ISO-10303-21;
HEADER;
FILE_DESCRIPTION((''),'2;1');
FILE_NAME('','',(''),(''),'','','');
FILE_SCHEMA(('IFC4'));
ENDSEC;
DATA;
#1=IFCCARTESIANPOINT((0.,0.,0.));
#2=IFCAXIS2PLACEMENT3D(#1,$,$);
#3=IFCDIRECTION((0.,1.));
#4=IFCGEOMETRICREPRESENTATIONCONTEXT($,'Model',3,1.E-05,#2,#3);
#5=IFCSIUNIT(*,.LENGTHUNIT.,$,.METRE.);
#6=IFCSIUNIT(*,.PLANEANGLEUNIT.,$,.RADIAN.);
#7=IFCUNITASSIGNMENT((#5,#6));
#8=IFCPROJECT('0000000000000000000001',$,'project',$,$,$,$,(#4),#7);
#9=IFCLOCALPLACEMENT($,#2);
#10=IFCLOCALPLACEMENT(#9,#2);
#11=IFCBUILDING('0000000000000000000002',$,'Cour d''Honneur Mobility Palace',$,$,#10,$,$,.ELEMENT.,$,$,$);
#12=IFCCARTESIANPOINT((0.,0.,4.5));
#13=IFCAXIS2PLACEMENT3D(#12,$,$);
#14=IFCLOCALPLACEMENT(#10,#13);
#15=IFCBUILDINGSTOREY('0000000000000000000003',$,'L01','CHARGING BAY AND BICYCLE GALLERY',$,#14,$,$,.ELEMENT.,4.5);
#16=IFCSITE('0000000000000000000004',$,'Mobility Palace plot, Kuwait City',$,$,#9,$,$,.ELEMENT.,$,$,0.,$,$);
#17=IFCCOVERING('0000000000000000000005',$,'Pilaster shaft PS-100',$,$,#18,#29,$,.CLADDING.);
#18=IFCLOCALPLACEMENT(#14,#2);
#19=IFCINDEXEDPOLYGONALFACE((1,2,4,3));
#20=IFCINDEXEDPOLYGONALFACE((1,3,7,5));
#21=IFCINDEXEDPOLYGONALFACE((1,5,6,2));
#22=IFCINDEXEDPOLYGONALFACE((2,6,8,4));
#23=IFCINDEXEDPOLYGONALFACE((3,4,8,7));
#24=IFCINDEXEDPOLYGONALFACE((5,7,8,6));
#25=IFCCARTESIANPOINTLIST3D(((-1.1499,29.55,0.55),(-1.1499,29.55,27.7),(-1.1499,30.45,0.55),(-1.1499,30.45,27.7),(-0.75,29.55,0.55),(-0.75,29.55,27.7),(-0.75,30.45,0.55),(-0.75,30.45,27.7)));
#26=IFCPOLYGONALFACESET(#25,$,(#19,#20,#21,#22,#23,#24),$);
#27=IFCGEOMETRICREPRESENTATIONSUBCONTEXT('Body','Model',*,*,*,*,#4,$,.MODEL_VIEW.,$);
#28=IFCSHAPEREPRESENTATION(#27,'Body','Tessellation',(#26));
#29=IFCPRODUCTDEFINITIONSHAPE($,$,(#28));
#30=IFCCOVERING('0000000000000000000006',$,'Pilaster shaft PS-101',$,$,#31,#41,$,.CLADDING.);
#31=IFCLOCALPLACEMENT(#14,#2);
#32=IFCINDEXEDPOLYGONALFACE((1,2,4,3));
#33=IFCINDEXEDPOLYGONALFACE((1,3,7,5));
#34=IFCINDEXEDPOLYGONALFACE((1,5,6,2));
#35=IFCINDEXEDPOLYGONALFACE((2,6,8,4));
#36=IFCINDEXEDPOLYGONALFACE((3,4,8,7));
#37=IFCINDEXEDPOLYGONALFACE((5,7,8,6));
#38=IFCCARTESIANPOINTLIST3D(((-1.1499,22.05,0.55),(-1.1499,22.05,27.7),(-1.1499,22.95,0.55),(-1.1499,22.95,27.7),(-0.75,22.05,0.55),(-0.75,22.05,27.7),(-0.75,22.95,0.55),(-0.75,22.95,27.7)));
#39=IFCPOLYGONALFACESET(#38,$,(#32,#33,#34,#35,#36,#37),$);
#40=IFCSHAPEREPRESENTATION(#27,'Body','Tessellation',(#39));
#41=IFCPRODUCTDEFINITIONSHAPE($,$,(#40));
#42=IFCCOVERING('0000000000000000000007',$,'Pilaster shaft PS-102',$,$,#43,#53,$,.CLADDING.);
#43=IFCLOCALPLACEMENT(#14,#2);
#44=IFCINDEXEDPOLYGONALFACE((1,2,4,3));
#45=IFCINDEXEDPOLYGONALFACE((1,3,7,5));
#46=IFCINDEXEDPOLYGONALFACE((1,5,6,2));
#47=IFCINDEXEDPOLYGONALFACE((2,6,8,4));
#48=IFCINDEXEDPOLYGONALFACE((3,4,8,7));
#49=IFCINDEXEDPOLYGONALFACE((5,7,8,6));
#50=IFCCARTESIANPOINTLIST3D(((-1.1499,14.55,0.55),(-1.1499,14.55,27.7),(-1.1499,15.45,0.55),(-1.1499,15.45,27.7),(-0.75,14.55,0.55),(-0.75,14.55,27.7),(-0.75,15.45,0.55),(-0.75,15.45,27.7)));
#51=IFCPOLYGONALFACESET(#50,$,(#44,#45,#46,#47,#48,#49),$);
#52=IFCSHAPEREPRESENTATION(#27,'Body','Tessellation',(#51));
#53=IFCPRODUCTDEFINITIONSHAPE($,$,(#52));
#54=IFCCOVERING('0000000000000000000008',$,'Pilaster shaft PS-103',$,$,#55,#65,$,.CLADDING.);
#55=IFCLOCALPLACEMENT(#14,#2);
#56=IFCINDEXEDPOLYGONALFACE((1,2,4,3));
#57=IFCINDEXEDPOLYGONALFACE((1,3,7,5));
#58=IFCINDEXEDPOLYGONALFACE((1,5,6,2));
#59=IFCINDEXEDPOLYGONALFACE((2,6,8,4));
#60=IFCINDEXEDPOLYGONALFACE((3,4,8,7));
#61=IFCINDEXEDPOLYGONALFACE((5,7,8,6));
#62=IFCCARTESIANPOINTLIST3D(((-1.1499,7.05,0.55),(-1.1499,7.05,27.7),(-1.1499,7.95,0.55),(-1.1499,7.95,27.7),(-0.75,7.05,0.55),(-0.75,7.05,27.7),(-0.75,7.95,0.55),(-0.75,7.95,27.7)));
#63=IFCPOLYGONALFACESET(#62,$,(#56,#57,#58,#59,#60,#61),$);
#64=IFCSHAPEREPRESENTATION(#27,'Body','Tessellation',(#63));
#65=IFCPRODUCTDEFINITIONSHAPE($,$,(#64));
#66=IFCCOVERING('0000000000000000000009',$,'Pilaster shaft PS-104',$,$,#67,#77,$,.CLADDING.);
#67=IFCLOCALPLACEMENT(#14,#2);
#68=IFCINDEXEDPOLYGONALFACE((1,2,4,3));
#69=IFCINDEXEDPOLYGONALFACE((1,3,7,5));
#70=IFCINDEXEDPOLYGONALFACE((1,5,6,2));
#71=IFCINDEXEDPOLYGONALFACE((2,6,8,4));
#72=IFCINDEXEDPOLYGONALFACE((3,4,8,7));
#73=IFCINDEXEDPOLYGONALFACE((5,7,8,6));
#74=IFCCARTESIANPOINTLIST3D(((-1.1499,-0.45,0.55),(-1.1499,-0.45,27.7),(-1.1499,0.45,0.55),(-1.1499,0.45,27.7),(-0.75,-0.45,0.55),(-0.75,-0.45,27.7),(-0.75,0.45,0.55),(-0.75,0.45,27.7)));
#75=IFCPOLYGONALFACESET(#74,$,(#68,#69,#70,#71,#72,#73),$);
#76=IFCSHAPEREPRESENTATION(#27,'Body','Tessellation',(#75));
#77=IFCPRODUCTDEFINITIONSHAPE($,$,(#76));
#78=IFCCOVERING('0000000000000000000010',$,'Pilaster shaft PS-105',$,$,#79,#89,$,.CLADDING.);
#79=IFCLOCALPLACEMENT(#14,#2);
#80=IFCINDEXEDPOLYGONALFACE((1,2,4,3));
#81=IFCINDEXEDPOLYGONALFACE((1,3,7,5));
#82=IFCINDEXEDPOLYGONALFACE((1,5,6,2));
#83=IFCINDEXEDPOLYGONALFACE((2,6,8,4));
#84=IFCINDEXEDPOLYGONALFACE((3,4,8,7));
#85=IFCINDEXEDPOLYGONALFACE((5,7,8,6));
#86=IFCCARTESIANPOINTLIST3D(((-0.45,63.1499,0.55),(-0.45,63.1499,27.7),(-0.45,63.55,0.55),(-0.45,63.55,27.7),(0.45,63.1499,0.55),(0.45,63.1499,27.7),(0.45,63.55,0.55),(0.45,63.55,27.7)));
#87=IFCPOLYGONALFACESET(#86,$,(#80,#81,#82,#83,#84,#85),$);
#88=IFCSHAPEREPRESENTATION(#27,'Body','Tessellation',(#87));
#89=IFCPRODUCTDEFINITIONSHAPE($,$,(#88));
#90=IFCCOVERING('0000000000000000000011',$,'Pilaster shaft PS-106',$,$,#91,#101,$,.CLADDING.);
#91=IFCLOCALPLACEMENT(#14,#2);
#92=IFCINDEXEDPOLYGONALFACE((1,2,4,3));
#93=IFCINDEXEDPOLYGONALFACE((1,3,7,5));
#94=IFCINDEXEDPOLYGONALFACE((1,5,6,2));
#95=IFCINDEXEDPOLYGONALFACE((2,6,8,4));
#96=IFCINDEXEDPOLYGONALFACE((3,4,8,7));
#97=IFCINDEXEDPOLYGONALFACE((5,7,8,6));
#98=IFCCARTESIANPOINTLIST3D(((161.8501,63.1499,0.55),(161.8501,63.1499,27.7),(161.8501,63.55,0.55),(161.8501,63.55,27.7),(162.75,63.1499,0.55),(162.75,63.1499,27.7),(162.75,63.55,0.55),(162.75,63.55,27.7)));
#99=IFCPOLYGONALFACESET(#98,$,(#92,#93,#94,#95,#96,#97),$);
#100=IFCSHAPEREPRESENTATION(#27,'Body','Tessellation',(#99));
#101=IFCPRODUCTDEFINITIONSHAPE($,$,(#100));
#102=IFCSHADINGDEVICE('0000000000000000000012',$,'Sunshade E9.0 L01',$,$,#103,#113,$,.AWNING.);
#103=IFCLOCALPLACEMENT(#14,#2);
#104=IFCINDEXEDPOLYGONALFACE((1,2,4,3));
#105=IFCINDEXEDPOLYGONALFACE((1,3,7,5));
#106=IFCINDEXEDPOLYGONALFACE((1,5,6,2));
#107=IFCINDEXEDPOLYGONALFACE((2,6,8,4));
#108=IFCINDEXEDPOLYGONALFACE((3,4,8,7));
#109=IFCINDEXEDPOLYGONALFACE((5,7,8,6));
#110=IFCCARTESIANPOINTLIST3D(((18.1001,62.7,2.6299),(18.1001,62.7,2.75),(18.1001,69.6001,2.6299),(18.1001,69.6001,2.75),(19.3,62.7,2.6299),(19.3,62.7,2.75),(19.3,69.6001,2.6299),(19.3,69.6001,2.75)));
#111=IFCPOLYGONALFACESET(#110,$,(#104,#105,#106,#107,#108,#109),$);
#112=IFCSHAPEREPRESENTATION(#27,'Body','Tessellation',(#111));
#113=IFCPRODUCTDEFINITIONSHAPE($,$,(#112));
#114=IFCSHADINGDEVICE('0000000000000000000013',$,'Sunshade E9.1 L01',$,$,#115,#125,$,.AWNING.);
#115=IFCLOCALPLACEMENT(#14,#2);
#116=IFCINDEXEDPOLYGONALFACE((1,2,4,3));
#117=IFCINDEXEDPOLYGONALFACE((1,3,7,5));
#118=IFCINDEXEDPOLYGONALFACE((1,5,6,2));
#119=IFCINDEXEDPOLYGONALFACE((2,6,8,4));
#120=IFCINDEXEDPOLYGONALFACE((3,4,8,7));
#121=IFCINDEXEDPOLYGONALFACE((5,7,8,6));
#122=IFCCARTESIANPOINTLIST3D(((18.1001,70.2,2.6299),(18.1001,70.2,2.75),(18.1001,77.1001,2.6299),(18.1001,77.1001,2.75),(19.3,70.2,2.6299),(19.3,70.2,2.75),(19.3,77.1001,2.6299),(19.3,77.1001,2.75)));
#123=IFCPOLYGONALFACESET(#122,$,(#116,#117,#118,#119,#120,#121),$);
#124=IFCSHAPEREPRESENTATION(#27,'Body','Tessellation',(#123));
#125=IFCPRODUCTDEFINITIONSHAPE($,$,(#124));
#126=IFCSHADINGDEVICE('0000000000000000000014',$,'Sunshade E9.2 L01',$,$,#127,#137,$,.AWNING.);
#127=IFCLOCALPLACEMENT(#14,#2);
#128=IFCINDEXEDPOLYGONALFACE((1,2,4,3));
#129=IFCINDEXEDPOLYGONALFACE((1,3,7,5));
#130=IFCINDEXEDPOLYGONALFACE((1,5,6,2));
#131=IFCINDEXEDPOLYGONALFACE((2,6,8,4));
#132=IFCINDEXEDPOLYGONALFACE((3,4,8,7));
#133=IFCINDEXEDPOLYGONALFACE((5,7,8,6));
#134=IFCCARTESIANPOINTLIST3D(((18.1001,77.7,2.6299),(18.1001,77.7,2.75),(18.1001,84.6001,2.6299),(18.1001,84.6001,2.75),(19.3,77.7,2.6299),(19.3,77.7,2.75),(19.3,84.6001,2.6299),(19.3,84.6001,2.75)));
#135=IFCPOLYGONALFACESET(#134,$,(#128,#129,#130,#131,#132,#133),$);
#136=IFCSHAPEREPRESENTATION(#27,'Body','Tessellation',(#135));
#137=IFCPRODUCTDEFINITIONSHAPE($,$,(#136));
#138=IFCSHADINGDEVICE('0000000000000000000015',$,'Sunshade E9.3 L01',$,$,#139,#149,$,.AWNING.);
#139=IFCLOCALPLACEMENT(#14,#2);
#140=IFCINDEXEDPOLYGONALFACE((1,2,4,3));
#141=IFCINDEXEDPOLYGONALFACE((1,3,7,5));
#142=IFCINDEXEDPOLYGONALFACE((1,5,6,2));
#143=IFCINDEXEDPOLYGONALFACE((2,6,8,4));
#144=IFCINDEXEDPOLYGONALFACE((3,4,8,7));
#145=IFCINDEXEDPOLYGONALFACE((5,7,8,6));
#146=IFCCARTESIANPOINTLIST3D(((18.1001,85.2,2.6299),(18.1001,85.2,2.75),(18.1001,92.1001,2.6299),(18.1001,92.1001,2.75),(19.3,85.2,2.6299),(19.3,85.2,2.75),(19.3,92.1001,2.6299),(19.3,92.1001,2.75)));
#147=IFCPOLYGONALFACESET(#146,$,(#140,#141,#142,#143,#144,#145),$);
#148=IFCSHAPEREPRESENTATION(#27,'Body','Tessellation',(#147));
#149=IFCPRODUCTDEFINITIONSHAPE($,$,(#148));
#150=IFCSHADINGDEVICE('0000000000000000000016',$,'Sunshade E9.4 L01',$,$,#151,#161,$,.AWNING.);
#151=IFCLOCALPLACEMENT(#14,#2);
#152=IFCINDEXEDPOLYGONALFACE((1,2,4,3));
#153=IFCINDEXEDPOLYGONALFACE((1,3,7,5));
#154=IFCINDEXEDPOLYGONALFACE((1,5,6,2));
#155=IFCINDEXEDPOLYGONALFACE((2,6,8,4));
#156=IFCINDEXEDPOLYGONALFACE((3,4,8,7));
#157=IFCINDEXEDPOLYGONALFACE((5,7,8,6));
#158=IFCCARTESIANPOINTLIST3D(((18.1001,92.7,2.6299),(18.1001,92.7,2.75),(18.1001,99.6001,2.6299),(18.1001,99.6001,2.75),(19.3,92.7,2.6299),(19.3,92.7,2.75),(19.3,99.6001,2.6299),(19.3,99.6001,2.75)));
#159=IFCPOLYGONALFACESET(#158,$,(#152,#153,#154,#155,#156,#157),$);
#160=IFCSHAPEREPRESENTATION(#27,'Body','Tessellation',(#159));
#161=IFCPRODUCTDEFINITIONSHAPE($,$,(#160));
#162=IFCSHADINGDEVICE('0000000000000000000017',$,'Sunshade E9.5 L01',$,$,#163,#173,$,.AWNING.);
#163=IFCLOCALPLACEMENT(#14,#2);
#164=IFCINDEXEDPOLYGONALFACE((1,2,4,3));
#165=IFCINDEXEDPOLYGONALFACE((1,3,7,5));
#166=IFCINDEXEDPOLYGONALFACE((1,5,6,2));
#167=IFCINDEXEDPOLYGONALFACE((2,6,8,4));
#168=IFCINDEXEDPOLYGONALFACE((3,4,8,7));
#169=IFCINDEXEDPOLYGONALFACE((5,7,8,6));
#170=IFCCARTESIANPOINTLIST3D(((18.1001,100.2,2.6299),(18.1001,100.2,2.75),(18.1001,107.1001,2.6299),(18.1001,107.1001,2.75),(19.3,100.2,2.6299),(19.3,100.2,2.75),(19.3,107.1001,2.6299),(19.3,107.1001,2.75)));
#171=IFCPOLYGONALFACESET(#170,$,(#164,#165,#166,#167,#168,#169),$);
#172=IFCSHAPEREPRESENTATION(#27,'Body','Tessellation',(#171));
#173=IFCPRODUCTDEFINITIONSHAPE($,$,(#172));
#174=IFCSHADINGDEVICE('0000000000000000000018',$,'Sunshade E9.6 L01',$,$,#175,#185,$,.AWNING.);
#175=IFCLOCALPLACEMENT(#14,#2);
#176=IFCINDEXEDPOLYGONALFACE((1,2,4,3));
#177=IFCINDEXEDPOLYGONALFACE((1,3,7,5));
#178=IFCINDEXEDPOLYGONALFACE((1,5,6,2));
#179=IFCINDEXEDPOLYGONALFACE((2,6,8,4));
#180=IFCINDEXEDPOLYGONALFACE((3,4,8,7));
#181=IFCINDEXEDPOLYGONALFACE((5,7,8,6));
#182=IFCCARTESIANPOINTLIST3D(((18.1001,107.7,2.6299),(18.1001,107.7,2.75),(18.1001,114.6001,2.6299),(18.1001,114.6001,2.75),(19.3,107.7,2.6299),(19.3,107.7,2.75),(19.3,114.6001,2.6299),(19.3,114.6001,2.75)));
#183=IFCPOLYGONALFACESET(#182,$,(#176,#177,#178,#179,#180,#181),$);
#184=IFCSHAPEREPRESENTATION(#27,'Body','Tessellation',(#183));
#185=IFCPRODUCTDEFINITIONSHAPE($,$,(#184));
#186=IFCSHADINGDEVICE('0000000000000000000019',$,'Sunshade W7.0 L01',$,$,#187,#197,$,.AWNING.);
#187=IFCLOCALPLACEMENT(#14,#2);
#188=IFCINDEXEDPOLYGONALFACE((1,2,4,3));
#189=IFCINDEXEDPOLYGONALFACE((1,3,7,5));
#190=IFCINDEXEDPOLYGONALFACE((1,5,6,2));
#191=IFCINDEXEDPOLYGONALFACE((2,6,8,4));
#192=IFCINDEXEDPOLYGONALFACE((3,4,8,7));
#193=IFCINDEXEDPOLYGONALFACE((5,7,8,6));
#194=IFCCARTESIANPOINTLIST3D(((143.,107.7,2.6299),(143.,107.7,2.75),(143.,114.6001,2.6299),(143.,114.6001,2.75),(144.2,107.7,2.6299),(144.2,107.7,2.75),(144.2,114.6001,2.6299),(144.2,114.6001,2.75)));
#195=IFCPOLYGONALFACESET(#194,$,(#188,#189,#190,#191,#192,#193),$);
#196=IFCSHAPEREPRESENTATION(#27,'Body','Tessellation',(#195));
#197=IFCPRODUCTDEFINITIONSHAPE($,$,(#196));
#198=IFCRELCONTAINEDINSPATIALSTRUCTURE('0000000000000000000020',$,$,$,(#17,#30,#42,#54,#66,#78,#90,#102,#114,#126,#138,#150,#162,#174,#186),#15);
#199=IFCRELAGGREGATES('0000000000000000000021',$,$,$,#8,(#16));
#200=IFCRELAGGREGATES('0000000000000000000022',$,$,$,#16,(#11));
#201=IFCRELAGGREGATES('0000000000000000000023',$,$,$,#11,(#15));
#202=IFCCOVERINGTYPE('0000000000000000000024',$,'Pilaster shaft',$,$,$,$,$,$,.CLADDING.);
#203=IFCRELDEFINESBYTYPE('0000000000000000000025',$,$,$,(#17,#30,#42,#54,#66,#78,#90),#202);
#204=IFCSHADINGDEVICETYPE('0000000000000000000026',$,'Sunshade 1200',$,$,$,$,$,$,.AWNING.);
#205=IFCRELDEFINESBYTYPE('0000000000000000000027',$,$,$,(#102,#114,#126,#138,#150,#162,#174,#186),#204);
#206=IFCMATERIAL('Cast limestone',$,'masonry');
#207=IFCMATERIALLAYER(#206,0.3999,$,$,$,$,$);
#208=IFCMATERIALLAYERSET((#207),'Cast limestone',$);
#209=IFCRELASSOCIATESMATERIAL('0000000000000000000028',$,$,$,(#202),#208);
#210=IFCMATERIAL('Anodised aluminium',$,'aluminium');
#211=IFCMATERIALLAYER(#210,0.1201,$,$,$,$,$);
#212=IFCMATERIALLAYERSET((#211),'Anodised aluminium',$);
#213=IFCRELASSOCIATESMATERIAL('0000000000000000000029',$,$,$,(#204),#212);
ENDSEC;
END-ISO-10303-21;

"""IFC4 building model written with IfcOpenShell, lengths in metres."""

from ifc_helpers import new_model, si_unit, direction, frame, origin, place, context, subcontext, project, spatial, polyline, outline, extrude, material, layer, layer_set, type_object, element, save


model = new_model("IFC4")

# Units and contexts
model_context = context("Model", 3, precision=1e-05, world=origin(), true_north=direction((0.0, 1.0)))
body_context = subcontext(model_context, "Body", "Model", "MODEL_VIEW")
ifc_project = project(units=[si_unit("LENGTHUNIT", "METRE"), si_unit("PLANEANGLEUNIT", "RADIAN")], contexts=[model_context])

# Site, building, storey
site_placement = place(None, origin())
site = spatial("IfcSite", under=ifc_project, at=site_placement, Name="Mobility Palace plot, Kuwait City", CompositionType="ELEMENT", RefElevation=0.0)
building_placement = place(site_placement, origin())
building = spatial("IfcBuilding", under=site, at=building_placement, Name="Cour d'Honneur Mobility Palace", CompositionType="ELEMENT")
storey_placement = place(building_placement, frame((0.0, 0.0, 4.5)))
storey = spatial("IfcBuildingStorey", under=building, at=storey_placement, Name="L01", Description="CHARGING BAY AND BICYCLE GALLERY", CompositionType="ELEMENT", Elevation=4.5)

# Coverings
ifc_material_1 = material(Name="Cast limestone", Category="masonry")
ifc_layer_1 = layer(ifc_material_1, 0.3999)
ifc_layer_set_1 = layer_set([ifc_layer_1], Name="Cast limestone")
covering_type = type_object("IfcCoveringType", Name="Pilaster shaft", PredefinedType="CLADDING", material=ifc_layer_set_1)
covering_1_placement = place(storey_placement, frame((0.0, 0.0, 0.55)))
element("IfcCovering", 1, at=covering_1_placement, inside=storey, type_object=covering_type, Name="Pilaster shaft PS-100", PredefinedType="CLADDING", context=body_context, shape_type="SweptSolid", body=[
    extrude(outline(polyline([(-0.75, 30.45), (-0.75, 29.55), (-1.1499, 29.55), (-1.1499, 30.45), (-0.75, 30.45)])), origin(), (0.0, 0.0, 1.0), 27.1499),
])
covering_2_placement = place(storey_placement, frame((0.0, 0.0, 0.55)))
element("IfcCovering", 2, at=covering_2_placement, inside=storey, type_object=covering_type, Name="Pilaster shaft PS-101", PredefinedType="CLADDING", context=body_context, shape_type="SweptSolid", body=[
    extrude(outline(polyline([(-0.75, 22.95), (-0.75, 22.05), (-1.1499, 22.05), (-1.1499, 22.95), (-0.75, 22.95)])), origin(), (0.0, 0.0, 1.0), 27.1499),
])
covering_3_placement = place(storey_placement, frame((0.0, 0.0, 0.55)))
element("IfcCovering", 3, at=covering_3_placement, inside=storey, type_object=covering_type, Name="Pilaster shaft PS-102", PredefinedType="CLADDING", context=body_context, shape_type="SweptSolid", body=[
    extrude(outline(polyline([(-0.75, 15.45), (-0.75, 14.55), (-1.1499, 14.55), (-1.1499, 15.45), (-0.75, 15.45)])), origin(), (0.0, 0.0, 1.0), 27.1499),
])
covering_4_placement = place(storey_placement, frame((0.0, 0.0, 0.55)))
element("IfcCovering", 4, at=covering_4_placement, inside=storey, type_object=covering_type, Name="Pilaster shaft PS-103", PredefinedType="CLADDING", context=body_context, shape_type="SweptSolid", body=[
    extrude(outline(polyline([(-0.75, 7.95), (-0.75, 7.05), (-1.1499, 7.05), (-1.1499, 7.95), (-0.75, 7.95)])), origin(), (0.0, 0.0, 1.0), 27.1499),
])
covering_5_placement = place(storey_placement, frame((0.0, 0.0, 0.55)))
element("IfcCovering", 5, at=covering_5_placement, inside=storey, type_object=covering_type, Name="Pilaster shaft PS-104", PredefinedType="CLADDING", context=body_context, shape_type="SweptSolid", body=[
    extrude(outline(polyline([(-0.75, 0.45), (-0.75, -0.45), (-1.1499, -0.45), (-1.1499, 0.45), (-0.75, 0.45)])), origin(), (0.0, 0.0, 1.0), 27.1499),
])
covering_6_placement = place(storey_placement, frame((0.0, 0.0, 0.55)))
element("IfcCovering", 6, at=covering_6_placement, inside=storey, type_object=covering_type, Name="Pilaster shaft PS-105", PredefinedType="CLADDING", context=body_context, shape_type="SweptSolid", body=[
    extrude(outline(polyline([(0.45, 63.1499), (-0.45, 63.1499), (-0.45, 63.55), (0.45, 63.55), (0.45, 63.1499)])), origin(), (0.0, 0.0, 1.0), 27.1499),
])
covering_7_placement = place(storey_placement, frame((0.0, 0.0, 0.55)))
element("IfcCovering", 7, at=covering_7_placement, inside=storey, type_object=covering_type, Name="Pilaster shaft PS-106", PredefinedType="CLADDING", context=body_context, shape_type="SweptSolid", body=[
    extrude(outline(polyline([(162.75, 63.1499), (161.8501, 63.1499), (161.8501, 63.55), (162.75, 63.55), (162.75, 63.1499)])), origin(), (0.0, 0.0, 1.0), 27.1499),
])

# Shading devices
ifc_material_2 = material(Name="Anodised aluminium", Category="aluminium")
ifc_layer_2 = layer(ifc_material_2, 0.1201)
ifc_layer_set_2 = layer_set([ifc_layer_2], Name="Anodised aluminium")
shading_device_type = type_object("IfcShadingDeviceType", Name="Sunshade 1200", PredefinedType="AWNING", material=ifc_layer_set_2)
shading_device_1_placement = place(storey_placement, frame((0.0, 0.0, 2.6299)))
element("IfcShadingDevice", 8, at=shading_device_1_placement, inside=storey, type_object=shading_device_type, Name="Sunshade E9.0 L01", PredefinedType="AWNING", context=body_context, shape_type="SweptSolid", body=[
    extrude(outline(polyline([(18.1001, 62.7), (18.1001, 69.6001), (19.3, 69.6001), (19.3, 62.7), (18.1001, 62.7)])), origin(), (0.0, 0.0, 1.0), 0.1201),
])
shading_device_2_placement = place(storey_placement, frame((0.0, 0.0, 2.6299)))
element("IfcShadingDevice", 9, at=shading_device_2_placement, inside=storey, type_object=shading_device_type, Name="Sunshade E9.1 L01", PredefinedType="AWNING", context=body_context, shape_type="SweptSolid", body=[
    extrude(outline(polyline([(18.1001, 70.2), (18.1001, 77.1001), (19.3, 77.1001), (19.3, 70.2), (18.1001, 70.2)])), origin(), (0.0, 0.0, 1.0), 0.1201),
])
shading_device_3_placement = place(storey_placement, frame((0.0, 0.0, 2.6299)))
element("IfcShadingDevice", 10, at=shading_device_3_placement, inside=storey, type_object=shading_device_type, Name="Sunshade E9.2 L01", PredefinedType="AWNING", context=body_context, shape_type="SweptSolid", body=[
    extrude(outline(polyline([(18.1001, 77.7), (18.1001, 84.6001), (19.3, 84.6001), (19.3, 77.7), (18.1001, 77.7)])), origin(), (0.0, 0.0, 1.0), 0.1201),
])
shading_device_4_placement = place(storey_placement, frame((0.0, 0.0, 2.6299)))
element("IfcShadingDevice", 11, at=shading_device_4_placement, inside=storey, type_object=shading_device_type, Name="Sunshade E9.3 L01", PredefinedType="AWNING", context=body_context, shape_type="SweptSolid", body=[
    extrude(outline(polyline([(18.1001, 85.2), (18.1001, 92.1001), (19.3, 92.1001), (19.3, 85.2), (18.1001, 85.2)])), origin(), (0.0, 0.0, 1.0), 0.1201),
])
shading_device_5_placement = place(storey_placement, frame((0.0, 0.0, 2.6299)))
element("IfcShadingDevice", 12, at=shading_device_5_placement, inside=storey, type_object=shading_device_type, Name="Sunshade E9.4 L01", PredefinedType="AWNING", context=body_context, shape_type="SweptSolid", body=[
    extrude(outline(polyline([(18.1001, 92.7), (18.1001, 99.6001), (19.3, 99.6001), (19.3, 92.7), (18.1001, 92.7)])), origin(), (0.0, 0.0, 1.0), 0.1201),
])
shading_device_6_placement = place(storey_placement, frame((0.0, 0.0, 2.6299)))
element("IfcShadingDevice", 13, at=shading_device_6_placement, inside=storey, type_object=shading_device_type, Name="Sunshade E9.5 L01", PredefinedType="AWNING", context=body_context, shape_type="SweptSolid", body=[
    extrude(outline(polyline([(18.1001, 100.2), (18.1001, 107.1001), (19.3, 107.1001), (19.3, 100.2), (18.1001, 100.2)])), origin(), (0.0, 0.0, 1.0), 0.1201),
])
shading_device_7_placement = place(storey_placement, frame((0.0, 0.0, 2.6299)))
element("IfcShadingDevice", 14, at=shading_device_7_placement, inside=storey, type_object=shading_device_type, Name="Sunshade E9.6 L01", PredefinedType="AWNING", context=body_context, shape_type="SweptSolid", body=[
    extrude(outline(polyline([(18.1001, 107.7), (18.1001, 114.6001), (19.3, 114.6001), (19.3, 107.7), (18.1001, 107.7)])), origin(), (0.0, 0.0, 1.0), 0.1201),
])
shading_device_8_placement = place(storey_placement, frame((0.0, 0.0, 2.6299)))
element("IfcShadingDevice", 15, at=shading_device_8_placement, inside=storey, type_object=shading_device_type, Name="Sunshade W7.0 L01", PredefinedType="AWNING", context=body_context, shape_type="SweptSolid", body=[
    extrude(outline(polyline([(144.2, 114.6001), (144.2, 107.7), (143.0, 107.7), (143.0, 114.6001), (144.2, 114.6001)])), origin(), (0.0, 0.0, 1.0), 0.1201),
])

save(model, "model.ifc")
